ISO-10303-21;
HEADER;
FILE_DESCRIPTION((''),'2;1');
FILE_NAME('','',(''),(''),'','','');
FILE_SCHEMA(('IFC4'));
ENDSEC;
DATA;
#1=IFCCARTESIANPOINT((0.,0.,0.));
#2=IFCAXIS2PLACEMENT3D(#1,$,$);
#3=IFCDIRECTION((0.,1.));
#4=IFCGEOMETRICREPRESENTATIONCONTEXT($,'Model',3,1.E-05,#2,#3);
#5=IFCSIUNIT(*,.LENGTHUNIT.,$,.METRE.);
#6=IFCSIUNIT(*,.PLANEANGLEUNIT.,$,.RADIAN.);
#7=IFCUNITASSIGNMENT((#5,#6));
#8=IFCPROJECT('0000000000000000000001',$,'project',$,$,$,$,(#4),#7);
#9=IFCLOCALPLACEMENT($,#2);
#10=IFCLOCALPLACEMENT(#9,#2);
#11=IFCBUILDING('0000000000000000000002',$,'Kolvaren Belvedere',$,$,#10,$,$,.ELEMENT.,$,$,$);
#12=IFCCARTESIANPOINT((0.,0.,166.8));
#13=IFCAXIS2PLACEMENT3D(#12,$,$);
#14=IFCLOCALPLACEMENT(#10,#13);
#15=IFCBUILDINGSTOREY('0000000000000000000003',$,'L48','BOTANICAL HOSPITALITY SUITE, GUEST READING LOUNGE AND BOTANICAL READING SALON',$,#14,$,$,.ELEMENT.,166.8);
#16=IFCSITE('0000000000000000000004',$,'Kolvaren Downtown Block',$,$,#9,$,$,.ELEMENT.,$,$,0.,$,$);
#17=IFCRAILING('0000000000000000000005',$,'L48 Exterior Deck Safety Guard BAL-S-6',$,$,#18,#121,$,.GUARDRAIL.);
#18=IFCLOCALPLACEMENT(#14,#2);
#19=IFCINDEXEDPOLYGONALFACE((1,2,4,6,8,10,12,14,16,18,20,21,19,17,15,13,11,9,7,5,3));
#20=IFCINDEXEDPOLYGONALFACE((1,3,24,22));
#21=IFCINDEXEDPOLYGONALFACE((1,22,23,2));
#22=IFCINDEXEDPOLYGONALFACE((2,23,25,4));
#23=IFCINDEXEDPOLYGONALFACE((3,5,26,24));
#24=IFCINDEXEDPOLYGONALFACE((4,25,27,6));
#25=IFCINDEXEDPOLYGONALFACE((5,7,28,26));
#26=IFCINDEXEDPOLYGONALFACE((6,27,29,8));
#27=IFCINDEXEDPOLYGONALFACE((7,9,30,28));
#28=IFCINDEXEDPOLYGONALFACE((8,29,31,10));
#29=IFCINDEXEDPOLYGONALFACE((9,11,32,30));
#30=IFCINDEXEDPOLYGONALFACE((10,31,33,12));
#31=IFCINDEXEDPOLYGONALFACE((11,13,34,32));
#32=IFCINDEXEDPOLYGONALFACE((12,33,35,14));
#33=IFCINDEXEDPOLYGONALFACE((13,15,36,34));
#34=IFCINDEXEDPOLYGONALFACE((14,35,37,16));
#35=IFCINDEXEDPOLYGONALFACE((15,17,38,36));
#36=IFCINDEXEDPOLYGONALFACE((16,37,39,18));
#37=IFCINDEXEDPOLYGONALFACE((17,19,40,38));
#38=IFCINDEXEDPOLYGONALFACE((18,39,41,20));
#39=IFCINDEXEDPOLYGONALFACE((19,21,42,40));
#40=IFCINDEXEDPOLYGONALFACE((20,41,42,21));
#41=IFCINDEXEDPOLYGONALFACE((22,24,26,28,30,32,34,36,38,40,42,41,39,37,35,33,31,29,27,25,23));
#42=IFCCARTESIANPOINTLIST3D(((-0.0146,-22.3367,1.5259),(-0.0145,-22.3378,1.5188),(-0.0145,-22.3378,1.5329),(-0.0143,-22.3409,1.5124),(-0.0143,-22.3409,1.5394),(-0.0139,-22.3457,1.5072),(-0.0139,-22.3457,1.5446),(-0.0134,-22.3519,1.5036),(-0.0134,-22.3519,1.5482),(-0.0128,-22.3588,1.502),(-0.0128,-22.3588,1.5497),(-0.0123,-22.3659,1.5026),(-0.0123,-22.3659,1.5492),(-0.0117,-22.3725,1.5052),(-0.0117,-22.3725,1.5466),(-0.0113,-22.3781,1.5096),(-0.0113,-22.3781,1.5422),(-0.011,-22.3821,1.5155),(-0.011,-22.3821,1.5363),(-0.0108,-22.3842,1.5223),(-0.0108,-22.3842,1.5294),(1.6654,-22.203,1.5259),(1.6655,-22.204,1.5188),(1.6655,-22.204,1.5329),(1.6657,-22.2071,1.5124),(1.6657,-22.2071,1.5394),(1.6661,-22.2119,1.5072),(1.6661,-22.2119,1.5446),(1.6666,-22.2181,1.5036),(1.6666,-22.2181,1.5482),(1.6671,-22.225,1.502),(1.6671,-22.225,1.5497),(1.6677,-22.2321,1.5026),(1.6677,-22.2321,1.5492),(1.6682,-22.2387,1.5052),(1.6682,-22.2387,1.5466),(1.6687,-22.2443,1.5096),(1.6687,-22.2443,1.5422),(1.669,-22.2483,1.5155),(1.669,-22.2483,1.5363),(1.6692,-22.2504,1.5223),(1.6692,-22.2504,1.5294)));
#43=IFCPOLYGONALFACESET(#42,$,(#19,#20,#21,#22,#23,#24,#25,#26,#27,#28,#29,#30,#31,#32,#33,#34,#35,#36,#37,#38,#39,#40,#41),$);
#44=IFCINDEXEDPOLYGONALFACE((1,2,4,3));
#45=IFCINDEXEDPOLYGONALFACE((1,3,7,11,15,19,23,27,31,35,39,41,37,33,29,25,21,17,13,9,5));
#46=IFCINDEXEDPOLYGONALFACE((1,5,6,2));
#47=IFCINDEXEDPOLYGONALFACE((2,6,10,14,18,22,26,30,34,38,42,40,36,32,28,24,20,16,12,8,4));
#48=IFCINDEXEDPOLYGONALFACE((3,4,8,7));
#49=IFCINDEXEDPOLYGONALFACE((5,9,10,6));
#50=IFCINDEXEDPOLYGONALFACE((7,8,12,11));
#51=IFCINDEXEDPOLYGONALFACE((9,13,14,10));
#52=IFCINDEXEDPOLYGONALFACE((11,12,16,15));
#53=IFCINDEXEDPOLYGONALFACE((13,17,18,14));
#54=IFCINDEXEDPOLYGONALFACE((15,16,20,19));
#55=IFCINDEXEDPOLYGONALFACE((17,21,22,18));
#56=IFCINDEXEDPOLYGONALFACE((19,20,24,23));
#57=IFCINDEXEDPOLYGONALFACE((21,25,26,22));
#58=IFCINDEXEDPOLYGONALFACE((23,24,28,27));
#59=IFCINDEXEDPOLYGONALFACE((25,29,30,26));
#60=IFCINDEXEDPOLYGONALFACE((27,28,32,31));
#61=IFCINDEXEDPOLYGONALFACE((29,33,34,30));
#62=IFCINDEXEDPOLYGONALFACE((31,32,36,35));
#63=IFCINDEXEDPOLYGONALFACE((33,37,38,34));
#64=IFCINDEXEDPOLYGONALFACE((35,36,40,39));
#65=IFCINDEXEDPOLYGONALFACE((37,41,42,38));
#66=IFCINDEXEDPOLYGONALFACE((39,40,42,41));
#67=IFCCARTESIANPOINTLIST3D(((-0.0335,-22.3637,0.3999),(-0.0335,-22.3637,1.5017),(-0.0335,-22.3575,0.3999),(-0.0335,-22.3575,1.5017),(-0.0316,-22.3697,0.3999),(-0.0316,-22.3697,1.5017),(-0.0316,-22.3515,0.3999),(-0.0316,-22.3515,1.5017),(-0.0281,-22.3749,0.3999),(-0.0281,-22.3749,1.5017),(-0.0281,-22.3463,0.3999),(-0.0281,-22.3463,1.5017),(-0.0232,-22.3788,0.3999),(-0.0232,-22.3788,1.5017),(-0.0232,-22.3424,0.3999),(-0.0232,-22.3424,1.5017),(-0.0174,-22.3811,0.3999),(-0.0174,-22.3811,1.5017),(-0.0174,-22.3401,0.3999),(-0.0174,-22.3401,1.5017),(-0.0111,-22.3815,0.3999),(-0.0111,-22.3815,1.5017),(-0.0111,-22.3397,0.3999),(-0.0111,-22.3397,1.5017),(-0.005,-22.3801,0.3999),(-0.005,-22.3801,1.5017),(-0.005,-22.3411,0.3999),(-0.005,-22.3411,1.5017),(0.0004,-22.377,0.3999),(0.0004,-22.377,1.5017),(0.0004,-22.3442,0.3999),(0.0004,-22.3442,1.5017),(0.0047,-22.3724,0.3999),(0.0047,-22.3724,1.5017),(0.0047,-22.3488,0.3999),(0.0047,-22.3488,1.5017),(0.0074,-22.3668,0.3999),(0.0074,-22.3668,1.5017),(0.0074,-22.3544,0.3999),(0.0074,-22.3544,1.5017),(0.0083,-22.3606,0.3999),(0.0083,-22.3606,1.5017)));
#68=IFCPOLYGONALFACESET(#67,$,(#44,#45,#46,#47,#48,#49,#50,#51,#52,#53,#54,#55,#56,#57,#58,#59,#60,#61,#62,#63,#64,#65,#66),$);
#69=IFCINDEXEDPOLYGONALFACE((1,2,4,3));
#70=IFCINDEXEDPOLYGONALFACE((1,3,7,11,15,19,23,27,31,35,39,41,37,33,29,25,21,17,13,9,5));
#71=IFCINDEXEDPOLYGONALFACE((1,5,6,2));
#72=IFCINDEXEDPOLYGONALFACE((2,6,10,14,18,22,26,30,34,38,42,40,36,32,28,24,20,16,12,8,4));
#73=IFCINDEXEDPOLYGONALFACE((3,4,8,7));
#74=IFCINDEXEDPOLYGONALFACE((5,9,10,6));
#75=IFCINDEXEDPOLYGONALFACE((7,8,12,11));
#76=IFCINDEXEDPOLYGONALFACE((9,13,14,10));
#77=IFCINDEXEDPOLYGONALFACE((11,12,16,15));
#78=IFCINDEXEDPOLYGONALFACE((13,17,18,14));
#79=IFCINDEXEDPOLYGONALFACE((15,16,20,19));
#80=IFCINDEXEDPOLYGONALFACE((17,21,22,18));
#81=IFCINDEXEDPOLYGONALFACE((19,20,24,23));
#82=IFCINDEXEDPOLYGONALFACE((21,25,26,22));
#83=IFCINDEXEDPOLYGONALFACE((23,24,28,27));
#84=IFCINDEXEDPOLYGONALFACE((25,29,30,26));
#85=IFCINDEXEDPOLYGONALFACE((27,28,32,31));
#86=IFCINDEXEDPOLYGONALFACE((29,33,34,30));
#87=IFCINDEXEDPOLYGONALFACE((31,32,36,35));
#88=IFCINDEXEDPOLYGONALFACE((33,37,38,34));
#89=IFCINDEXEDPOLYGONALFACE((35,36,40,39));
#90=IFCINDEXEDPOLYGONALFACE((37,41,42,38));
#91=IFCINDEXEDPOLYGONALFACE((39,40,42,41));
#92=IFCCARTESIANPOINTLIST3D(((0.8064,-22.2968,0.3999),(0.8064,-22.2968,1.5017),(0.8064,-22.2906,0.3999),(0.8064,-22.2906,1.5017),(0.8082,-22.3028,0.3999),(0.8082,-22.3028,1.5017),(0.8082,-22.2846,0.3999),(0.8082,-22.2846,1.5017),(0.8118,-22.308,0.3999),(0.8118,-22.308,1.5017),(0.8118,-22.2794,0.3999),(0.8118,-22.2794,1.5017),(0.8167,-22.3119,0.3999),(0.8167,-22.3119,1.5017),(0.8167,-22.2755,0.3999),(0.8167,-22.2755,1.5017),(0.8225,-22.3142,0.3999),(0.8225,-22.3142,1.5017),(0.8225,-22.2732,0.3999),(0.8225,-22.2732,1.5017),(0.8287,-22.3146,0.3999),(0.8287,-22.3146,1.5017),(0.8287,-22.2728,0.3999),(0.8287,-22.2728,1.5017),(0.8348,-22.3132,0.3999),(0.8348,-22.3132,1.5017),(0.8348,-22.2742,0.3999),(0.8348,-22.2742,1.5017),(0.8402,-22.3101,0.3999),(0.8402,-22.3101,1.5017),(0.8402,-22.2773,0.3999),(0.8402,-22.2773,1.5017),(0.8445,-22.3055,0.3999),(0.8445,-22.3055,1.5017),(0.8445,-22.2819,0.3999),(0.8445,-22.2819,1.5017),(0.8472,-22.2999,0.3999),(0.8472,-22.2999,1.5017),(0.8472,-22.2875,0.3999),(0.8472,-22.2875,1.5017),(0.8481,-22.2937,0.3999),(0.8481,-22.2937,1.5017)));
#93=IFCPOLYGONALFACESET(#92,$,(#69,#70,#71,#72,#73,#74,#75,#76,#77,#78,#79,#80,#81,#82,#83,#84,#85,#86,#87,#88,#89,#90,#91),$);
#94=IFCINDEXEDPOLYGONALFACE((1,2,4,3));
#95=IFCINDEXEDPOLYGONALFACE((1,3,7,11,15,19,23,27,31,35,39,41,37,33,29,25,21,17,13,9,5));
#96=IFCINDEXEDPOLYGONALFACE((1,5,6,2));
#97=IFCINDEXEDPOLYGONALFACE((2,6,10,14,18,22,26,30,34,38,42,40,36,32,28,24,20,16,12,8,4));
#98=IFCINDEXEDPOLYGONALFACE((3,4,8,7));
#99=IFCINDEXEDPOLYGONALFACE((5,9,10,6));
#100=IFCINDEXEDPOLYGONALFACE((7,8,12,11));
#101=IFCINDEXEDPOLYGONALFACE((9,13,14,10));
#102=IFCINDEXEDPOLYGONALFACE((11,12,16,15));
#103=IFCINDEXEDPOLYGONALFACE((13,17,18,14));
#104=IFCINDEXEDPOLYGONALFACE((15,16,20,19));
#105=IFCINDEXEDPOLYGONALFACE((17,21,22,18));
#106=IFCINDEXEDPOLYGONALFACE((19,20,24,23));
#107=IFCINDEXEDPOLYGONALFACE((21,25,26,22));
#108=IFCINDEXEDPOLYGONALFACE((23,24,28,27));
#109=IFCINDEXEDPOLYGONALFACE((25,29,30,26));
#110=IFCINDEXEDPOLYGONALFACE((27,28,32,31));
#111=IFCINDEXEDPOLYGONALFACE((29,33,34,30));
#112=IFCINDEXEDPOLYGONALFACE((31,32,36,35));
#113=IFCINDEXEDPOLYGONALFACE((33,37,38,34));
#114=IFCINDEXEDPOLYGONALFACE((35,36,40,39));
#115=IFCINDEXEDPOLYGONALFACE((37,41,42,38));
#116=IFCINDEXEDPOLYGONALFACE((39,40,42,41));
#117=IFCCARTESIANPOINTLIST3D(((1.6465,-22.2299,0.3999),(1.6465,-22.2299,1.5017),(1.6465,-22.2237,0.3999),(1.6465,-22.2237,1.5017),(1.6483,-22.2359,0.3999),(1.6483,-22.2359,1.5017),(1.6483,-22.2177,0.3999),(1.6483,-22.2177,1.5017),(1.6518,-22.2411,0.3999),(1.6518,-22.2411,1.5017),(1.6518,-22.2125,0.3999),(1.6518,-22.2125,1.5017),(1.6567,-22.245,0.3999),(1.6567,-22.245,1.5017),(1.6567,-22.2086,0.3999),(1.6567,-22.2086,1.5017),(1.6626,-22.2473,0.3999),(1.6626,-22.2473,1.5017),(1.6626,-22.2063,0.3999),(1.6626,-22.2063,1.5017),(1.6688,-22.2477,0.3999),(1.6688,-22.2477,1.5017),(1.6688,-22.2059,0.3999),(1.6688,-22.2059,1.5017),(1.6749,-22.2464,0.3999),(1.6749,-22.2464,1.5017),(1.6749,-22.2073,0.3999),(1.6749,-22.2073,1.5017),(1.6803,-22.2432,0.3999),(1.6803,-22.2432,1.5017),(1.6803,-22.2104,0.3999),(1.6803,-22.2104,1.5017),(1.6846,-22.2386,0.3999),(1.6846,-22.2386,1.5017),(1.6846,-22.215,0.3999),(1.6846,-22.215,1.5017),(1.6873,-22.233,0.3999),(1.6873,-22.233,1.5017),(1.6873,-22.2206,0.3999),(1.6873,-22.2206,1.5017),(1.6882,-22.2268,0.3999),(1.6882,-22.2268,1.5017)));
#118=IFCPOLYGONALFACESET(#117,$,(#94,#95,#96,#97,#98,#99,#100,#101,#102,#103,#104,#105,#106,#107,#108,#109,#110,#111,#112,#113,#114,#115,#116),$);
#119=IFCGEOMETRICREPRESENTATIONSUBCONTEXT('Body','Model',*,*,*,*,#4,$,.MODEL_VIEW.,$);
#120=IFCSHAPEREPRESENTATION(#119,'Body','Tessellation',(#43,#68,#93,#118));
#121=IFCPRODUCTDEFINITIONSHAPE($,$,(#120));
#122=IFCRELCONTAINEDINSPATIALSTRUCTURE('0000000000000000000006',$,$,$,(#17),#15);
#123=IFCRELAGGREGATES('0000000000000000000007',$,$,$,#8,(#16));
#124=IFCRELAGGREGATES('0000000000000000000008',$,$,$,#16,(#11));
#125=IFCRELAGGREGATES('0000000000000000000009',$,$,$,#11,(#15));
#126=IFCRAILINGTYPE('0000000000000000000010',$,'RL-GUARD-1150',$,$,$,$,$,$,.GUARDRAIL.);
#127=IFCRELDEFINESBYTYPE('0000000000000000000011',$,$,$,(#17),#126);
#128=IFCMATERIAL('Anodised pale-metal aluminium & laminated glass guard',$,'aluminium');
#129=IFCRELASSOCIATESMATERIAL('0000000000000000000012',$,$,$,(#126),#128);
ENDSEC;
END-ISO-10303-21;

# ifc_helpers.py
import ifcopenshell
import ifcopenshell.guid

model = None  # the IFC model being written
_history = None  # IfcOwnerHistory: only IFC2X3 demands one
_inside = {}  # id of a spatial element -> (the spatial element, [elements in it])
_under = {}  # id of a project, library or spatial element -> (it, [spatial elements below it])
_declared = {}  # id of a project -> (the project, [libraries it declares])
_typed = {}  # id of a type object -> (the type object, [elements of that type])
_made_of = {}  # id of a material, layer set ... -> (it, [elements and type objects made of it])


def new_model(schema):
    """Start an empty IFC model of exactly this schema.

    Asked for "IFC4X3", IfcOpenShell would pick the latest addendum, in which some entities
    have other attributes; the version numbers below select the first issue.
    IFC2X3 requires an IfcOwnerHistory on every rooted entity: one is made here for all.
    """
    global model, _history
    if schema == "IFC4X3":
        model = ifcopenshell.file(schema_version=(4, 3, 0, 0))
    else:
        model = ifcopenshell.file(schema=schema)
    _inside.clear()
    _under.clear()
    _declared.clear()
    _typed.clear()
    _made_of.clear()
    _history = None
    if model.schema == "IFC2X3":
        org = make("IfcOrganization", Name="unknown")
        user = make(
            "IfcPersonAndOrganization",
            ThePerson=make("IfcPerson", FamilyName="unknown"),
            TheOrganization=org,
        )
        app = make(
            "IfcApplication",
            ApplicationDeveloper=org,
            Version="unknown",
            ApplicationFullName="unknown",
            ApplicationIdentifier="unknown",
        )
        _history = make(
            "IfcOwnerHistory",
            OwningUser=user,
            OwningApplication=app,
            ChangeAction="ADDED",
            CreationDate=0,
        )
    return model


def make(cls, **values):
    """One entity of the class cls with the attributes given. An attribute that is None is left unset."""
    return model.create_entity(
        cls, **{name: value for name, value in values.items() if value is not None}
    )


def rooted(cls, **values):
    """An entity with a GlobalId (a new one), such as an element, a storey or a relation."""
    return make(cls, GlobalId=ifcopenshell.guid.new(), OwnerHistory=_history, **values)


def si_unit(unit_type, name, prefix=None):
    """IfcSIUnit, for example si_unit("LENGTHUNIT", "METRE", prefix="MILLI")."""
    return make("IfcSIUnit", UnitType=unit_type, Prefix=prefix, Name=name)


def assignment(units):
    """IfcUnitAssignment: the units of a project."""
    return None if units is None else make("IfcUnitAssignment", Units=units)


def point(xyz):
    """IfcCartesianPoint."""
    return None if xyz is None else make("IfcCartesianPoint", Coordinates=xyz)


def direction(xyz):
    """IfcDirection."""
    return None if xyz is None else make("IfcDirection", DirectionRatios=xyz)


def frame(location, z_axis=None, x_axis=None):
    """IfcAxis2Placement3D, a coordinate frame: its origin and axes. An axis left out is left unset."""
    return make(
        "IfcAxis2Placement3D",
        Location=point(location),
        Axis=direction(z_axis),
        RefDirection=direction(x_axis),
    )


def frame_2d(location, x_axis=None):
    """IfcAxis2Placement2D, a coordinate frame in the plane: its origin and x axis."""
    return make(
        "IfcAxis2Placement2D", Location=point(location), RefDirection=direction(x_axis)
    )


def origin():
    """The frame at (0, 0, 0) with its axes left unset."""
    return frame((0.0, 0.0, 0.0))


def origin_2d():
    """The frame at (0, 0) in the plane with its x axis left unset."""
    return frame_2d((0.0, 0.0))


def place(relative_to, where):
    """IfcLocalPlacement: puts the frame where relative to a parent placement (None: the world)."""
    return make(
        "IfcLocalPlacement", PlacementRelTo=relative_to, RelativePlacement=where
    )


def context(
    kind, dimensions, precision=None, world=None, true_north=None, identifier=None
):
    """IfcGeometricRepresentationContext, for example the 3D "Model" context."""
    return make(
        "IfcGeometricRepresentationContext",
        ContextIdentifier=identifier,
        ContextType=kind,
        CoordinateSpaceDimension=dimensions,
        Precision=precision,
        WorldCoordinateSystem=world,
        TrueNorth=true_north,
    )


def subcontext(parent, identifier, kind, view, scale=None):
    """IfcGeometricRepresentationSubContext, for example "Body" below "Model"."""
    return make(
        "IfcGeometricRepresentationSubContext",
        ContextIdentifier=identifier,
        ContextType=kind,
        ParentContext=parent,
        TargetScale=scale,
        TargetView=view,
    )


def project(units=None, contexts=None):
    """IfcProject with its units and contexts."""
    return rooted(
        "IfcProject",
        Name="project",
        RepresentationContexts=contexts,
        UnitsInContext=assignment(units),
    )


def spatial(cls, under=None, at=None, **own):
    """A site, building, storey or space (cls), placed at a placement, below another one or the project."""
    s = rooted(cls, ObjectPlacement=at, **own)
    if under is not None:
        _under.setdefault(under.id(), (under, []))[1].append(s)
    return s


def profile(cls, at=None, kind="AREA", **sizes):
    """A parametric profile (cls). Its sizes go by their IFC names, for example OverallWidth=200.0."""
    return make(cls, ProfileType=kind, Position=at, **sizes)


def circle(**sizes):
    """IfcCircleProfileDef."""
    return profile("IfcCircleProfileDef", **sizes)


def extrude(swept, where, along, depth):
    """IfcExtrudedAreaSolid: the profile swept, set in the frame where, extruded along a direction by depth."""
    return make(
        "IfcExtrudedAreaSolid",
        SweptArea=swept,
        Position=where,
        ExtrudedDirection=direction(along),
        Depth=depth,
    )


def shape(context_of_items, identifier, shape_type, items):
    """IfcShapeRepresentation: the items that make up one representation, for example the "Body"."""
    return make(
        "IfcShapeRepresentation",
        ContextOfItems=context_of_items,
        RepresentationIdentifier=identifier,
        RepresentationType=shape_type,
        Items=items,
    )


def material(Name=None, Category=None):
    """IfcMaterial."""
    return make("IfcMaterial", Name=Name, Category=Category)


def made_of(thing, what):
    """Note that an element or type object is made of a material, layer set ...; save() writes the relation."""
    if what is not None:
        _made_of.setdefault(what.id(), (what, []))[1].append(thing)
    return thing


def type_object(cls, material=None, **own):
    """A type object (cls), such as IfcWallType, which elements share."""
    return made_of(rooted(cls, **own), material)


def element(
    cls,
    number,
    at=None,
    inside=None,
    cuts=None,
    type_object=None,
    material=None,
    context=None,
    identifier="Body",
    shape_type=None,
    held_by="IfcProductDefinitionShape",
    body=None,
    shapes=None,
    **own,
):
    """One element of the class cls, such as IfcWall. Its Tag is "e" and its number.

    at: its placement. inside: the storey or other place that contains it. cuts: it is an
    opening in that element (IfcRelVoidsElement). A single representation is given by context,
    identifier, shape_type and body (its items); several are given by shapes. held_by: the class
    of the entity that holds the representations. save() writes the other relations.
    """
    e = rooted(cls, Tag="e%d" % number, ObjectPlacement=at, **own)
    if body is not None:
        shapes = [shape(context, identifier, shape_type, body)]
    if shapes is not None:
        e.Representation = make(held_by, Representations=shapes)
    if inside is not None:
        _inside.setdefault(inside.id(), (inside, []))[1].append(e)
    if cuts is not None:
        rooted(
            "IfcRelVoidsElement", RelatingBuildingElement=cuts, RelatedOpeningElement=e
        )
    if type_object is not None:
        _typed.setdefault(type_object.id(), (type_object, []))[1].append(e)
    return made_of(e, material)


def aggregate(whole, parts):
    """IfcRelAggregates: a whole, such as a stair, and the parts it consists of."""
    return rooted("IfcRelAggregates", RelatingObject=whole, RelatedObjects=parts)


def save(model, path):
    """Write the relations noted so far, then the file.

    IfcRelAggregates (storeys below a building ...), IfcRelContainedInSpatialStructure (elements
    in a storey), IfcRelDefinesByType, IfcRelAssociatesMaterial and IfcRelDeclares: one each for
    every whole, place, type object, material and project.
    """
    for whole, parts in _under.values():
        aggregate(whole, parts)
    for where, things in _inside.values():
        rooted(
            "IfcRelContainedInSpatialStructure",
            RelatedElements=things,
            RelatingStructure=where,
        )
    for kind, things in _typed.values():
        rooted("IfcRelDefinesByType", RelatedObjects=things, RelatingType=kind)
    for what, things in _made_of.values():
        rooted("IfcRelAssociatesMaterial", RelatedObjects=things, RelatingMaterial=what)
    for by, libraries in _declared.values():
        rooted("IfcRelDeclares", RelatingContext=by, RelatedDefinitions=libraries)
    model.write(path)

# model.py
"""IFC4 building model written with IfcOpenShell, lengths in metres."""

from ifc_helpers import new_model, si_unit, direction, frame, origin, origin_2d, place, context, subcontext, project, spatial, circle, extrude, material, type_object, element, save


model = new_model("IFC4")

# Units and contexts
model_context = context("Model", 3, precision=1e-05, world=origin(), true_north=direction((0.0, 1.0)))
body_context = subcontext(model_context, "Body", "Model", "MODEL_VIEW")
ifc_project = project(units=[si_unit("LENGTHUNIT", "METRE"), si_unit("PLANEANGLEUNIT", "RADIAN")], contexts=[model_context])

# Site, building, storey
site_placement = place(None, origin())
site = spatial("IfcSite", under=ifc_project, at=site_placement, Name="Kolvaren Downtown Block", CompositionType="ELEMENT", RefElevation=0.0)
building_placement = place(site_placement, origin())
building = spatial("IfcBuilding", under=site, at=building_placement, Name="Kolvaren Belvedere", CompositionType="ELEMENT")
storey_placement = place(building_placement, frame((0.0, 0.0, 166.8)))
storey = spatial("IfcBuildingStorey", under=building, at=storey_placement, Name="L48", Description="BOTANICAL HOSPITALITY SUITE, GUEST READING LOUNGE AND BOTANICAL READING SALON", CompositionType="ELEMENT", Elevation=166.8)

# Railing
ifc_material_1 = material(Name="Anodised pale-metal aluminium & laminated glass guard", Category="aluminium")
railing_type = type_object("IfcRailingType", Name="RL-GUARD-1150", PredefinedType="GUARDRAIL", material=ifc_material_1)
railing_1_placement = place(storey_placement, frame((-0.0127, -22.3606, 0.3999)))
element("IfcRailing", 1, at=railing_1_placement, inside=storey, type_object=railing_type, Name="L48 Exterior Deck Safety Guard BAL-S-6", PredefinedType="GUARDRAIL", context=body_context, shape_type="SweptSolid", body=[
    extrude(circle(Radius=0.0239, at=origin_2d()), frame((0.0, 0.0, 1.126), z_axis=(0.996844, 0.079388, 0.0), x_axis=(-0.079388, 0.996844, 0.0)), (0.0, 0.0, 1.0), 1.6853),
    extrude(circle(Radius=0.021, at=origin_2d()), origin(), (0.0, 0.0, 1.0), 1.1018),
    extrude(circle(Radius=0.021, at=origin_2d()), frame((0.8398, 0.0669, 0.0)), (0.0, 0.0, 1.0), 1.1018),
    extrude(circle(Radius=0.021, at=origin_2d()), frame((1.6799, 0.1338, 0.0)), (0.0, 0.0, 1.0), 1.1018),
])

save(model, "model.ifc")
